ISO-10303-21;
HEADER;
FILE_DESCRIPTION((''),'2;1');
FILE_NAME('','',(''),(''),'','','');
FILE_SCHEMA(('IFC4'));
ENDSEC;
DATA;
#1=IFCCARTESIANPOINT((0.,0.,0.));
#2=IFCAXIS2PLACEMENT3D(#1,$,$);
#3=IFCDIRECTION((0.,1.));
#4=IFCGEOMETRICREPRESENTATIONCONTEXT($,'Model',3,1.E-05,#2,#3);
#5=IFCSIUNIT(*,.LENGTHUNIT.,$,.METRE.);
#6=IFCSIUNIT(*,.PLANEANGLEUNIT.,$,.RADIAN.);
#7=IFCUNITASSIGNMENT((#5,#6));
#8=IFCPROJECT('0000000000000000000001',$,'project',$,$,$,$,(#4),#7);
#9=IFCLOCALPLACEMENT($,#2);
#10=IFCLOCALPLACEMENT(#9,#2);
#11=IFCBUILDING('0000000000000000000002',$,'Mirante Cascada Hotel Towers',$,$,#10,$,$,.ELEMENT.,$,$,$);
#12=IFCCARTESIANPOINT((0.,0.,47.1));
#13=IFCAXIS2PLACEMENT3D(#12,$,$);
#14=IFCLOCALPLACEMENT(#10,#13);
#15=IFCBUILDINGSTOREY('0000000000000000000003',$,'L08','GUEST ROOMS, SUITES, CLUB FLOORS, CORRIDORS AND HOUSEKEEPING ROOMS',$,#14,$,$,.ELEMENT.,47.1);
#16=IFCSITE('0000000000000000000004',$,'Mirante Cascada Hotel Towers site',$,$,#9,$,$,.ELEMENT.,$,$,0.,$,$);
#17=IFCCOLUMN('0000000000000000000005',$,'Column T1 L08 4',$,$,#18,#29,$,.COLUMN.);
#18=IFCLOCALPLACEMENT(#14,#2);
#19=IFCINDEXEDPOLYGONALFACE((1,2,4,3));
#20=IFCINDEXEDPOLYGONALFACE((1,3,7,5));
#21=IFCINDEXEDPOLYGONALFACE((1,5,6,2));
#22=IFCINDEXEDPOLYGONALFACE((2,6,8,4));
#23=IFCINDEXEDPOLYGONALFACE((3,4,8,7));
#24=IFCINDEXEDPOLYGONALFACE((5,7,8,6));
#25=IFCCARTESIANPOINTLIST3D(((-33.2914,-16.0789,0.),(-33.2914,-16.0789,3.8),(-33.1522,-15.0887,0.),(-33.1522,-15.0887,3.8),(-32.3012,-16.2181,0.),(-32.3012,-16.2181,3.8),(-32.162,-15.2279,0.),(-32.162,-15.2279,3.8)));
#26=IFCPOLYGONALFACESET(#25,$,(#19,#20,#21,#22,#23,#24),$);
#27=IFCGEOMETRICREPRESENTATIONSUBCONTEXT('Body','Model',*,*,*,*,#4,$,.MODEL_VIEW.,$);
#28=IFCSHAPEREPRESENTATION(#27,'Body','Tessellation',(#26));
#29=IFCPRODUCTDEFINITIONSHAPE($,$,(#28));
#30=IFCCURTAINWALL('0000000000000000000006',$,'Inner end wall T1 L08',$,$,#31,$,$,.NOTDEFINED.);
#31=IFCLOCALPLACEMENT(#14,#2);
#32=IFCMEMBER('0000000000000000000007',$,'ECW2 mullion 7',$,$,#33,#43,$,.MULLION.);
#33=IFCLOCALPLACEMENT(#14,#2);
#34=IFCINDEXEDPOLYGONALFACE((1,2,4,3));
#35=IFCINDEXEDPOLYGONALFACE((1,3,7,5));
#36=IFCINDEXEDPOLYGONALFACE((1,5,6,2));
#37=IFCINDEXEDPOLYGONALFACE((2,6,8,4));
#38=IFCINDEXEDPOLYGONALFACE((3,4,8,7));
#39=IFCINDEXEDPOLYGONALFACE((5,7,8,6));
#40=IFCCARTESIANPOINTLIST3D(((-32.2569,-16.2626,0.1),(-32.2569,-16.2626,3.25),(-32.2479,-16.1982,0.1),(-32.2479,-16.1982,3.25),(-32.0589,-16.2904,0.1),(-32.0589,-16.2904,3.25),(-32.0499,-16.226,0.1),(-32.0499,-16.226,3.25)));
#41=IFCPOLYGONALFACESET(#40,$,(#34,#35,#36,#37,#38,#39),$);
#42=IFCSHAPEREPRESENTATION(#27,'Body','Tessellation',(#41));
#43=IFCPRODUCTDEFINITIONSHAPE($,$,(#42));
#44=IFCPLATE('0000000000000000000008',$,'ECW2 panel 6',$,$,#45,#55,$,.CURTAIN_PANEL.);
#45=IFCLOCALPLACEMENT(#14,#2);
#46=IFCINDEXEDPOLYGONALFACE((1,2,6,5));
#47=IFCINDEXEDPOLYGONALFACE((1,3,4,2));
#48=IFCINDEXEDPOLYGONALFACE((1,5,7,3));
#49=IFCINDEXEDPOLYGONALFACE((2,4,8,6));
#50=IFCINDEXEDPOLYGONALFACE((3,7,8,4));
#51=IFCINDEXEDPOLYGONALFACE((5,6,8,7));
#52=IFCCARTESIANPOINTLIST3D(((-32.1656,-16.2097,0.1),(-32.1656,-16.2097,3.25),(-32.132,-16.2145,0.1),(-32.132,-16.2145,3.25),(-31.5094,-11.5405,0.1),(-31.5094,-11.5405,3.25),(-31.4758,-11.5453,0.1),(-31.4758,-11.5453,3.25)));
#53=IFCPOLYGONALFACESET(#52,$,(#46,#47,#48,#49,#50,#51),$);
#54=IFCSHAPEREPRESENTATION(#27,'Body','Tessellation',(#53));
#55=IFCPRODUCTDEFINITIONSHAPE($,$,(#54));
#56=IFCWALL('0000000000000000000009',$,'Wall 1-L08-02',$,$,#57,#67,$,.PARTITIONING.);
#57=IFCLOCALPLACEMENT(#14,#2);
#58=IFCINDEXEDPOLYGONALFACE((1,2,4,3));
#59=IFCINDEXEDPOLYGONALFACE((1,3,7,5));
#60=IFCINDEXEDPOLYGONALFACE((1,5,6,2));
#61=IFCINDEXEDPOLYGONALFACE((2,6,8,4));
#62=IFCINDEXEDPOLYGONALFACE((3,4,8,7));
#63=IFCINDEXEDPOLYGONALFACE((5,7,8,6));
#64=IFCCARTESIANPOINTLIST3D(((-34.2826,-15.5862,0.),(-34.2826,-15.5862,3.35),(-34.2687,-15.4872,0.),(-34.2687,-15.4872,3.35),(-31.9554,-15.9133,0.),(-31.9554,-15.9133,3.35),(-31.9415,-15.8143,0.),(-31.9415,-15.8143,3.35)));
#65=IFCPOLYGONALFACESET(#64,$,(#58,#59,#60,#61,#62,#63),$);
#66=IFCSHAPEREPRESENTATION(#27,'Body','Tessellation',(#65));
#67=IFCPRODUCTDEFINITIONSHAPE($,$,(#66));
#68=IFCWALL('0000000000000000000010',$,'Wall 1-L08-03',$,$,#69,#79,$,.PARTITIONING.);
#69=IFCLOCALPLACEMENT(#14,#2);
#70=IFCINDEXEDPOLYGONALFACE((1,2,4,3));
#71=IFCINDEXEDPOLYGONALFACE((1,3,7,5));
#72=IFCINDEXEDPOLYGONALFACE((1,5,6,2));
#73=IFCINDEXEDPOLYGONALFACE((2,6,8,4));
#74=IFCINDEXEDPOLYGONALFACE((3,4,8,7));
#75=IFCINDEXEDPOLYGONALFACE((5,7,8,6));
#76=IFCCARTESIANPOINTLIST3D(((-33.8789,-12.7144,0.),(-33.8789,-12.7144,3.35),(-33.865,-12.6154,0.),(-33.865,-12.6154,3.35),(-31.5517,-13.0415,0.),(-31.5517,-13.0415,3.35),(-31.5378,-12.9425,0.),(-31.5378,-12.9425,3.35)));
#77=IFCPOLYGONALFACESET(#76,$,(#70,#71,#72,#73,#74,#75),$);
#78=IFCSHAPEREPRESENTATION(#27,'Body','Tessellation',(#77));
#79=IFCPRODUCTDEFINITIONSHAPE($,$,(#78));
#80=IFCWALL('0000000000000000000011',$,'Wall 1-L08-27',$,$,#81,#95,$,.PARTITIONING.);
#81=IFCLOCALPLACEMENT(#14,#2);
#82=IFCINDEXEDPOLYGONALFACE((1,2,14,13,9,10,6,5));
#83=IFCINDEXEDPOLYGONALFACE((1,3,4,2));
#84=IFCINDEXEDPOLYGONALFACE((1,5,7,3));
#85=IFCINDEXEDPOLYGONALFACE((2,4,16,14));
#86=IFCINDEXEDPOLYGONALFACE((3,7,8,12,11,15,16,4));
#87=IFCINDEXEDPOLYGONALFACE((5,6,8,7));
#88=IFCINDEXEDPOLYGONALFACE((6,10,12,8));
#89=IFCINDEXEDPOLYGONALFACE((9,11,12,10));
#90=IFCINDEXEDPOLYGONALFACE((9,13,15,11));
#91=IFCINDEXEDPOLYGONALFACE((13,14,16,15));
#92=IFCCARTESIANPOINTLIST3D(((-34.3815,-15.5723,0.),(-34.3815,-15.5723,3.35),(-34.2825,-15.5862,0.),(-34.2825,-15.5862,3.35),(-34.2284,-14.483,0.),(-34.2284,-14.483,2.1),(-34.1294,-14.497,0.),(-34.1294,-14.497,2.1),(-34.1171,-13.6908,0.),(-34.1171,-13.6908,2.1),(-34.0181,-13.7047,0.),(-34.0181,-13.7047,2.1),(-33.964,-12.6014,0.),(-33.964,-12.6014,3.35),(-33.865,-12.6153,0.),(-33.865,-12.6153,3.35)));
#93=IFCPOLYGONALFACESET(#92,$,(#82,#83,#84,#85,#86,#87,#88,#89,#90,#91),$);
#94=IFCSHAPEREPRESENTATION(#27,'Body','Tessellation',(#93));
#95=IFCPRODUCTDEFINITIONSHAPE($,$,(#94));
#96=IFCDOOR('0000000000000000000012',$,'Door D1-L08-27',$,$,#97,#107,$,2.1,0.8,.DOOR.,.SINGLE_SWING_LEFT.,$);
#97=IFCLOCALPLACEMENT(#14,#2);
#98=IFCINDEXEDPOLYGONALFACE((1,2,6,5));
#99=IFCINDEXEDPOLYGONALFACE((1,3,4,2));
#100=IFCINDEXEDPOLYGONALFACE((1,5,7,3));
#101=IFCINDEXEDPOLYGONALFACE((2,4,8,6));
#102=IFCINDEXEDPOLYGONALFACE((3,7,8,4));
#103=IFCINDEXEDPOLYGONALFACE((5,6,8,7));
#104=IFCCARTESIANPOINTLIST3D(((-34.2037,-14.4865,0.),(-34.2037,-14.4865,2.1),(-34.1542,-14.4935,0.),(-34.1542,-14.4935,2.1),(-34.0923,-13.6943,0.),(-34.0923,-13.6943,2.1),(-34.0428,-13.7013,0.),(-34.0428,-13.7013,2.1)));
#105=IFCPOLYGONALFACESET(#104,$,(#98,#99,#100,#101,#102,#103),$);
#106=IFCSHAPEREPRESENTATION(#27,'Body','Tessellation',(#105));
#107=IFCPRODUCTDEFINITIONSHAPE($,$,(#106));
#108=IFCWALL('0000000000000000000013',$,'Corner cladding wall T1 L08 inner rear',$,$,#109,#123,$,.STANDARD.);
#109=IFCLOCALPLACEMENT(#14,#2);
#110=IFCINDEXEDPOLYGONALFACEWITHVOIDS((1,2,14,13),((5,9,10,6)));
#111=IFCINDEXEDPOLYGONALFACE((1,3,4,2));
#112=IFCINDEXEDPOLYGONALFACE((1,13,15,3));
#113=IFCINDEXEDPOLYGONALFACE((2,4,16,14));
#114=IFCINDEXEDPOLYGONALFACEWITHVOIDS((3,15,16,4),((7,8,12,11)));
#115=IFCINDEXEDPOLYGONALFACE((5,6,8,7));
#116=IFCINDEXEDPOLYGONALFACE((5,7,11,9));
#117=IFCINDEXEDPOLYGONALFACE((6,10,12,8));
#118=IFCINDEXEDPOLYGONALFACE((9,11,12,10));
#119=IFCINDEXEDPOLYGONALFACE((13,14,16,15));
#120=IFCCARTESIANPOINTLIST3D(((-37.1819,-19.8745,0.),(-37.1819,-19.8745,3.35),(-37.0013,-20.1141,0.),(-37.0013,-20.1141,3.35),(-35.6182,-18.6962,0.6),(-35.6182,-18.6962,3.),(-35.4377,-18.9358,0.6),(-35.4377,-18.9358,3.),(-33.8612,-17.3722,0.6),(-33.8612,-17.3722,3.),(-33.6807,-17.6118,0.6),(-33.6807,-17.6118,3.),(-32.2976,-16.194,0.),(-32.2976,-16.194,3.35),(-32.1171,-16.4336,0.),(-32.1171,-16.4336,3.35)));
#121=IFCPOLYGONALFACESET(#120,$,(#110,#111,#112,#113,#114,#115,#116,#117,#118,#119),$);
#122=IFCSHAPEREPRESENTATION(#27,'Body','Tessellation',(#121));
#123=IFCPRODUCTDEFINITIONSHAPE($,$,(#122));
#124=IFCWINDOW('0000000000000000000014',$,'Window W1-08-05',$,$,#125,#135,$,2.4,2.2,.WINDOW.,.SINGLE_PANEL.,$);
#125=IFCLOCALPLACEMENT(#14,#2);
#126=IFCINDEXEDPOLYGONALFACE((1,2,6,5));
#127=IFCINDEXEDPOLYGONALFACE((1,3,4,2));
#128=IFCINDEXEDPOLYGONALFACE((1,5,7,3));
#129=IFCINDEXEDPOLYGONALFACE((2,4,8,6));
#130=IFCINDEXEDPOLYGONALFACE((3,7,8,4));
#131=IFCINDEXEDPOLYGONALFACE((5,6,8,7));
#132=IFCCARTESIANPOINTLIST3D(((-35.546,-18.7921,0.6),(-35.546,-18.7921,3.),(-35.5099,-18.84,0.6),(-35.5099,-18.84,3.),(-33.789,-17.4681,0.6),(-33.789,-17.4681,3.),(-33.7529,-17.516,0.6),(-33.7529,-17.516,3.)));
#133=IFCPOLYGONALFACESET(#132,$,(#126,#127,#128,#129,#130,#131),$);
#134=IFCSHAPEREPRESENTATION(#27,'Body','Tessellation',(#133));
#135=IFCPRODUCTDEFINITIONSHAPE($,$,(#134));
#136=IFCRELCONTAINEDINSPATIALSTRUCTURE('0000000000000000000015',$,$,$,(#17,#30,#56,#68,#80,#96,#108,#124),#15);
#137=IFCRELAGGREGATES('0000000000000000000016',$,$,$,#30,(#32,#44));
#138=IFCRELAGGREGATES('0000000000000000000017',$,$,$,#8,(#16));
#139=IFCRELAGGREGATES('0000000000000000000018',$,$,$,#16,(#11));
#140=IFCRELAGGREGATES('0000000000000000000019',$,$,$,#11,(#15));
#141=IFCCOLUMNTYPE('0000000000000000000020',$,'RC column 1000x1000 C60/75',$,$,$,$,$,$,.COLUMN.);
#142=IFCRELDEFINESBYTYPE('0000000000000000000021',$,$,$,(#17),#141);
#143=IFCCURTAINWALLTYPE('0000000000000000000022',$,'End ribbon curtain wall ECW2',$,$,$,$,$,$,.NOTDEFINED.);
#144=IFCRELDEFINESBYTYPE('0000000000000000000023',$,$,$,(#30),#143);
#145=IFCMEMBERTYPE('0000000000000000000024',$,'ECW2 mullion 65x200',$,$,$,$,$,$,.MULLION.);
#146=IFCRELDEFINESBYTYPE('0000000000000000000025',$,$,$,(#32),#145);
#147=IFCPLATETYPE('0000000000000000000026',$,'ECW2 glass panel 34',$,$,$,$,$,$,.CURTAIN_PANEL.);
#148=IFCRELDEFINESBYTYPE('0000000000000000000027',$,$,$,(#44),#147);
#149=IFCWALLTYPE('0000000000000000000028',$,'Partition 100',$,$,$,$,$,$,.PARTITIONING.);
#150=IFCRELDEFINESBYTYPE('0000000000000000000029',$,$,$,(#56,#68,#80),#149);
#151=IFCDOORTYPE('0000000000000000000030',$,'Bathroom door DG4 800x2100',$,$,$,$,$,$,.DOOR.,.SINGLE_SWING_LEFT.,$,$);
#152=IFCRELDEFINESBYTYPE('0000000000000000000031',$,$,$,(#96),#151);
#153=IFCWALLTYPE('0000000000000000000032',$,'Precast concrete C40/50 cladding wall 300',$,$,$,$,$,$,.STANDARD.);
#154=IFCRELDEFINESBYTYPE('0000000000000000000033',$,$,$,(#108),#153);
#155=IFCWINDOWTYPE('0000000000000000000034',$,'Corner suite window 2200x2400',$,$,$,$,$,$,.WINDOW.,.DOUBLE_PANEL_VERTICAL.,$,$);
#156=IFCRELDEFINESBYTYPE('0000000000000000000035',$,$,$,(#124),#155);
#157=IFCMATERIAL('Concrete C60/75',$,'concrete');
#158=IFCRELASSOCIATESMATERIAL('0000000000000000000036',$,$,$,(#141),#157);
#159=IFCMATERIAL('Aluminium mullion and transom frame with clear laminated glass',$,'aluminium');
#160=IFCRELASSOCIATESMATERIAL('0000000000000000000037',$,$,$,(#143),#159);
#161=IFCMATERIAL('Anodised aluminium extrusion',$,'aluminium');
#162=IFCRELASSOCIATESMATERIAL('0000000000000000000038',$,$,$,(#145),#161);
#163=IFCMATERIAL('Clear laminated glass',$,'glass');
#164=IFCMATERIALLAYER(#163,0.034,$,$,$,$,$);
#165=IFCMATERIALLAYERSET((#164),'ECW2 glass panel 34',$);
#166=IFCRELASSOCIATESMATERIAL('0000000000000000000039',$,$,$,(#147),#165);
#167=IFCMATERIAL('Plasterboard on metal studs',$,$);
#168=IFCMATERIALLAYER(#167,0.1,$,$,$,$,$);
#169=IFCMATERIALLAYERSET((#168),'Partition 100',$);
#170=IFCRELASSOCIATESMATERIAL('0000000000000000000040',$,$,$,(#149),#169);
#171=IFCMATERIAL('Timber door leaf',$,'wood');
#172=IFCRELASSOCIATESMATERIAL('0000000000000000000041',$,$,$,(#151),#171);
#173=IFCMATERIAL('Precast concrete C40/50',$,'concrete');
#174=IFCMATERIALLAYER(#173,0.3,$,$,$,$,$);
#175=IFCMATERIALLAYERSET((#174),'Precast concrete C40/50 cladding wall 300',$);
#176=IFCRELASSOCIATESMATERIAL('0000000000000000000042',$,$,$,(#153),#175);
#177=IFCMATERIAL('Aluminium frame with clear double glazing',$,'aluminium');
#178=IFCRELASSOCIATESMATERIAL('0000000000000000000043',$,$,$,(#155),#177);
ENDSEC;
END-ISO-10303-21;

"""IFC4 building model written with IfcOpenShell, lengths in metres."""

from ifc_helpers import new_model, si_unit, direction, frame, frame_2d, origin, origin_2d, place, context, subcontext, project, spatial, rectangle, extrude, material, layer, layer_set, material_profile, profile_set, type_object, element, fill, aggregate, save


model = new_model("IFC4")

# Units and contexts
model_context = context("Model", 3, precision=1e-05, world=origin(), true_north=direction((0.0, 1.0)))
body_context = subcontext(model_context, "Body", "Model", "MODEL_VIEW")
ifc_project = project(units=[si_unit("LENGTHUNIT", "METRE"), si_unit("PLANEANGLEUNIT", "RADIAN")], contexts=[model_context])

# Site, building, storey
site_placement = place(None, origin())
site = spatial("IfcSite", under=ifc_project, at=site_placement, Name="Mirante Cascada Hotel Towers site", CompositionType="ELEMENT", RefElevation=0.0)
building_placement = place(site_placement, origin())
building = spatial("IfcBuilding", under=site, at=building_placement, Name="Mirante Cascada Hotel Towers", CompositionType="ELEMENT")
storey_placement = place(building_placement, frame((0.0, 0.0, 47.1)))
storey = spatial("IfcBuildingStorey", under=building, at=storey_placement, Name="L08", Description="GUEST ROOMS, SUITES, CLUB FLOORS, CORRIDORS AND HOUSEKEEPING ROOMS", CompositionType="ELEMENT", Elevation=47.1)

# Column
ifc_material_1 = material(Name="Concrete C60/75", Category="concrete")
ifc_material_profile_1 = material_profile(ifc_material_1, rectangle(XDim=1.0, YDim=1.0, at=origin_2d()), Name="RC column 1000x1000 C60/75")
ifc_profile_set_1 = profile_set([ifc_material_profile_1], Name="Concrete C60/75")
column_type = type_object("IfcColumnType", Name="RC column 1000x1000 C60/75", PredefinedType="COLUMN", material=ifc_profile_set_1)
column_placement = place(storey_placement, frame((-32.7267, -15.6534, 0.0), z_axis=(0.0, 0.0, 1.0), x_axis=(-0.990268, 0.139173, 0.0)))
element("IfcColumn", 1, at=column_placement, inside=storey, type_object=column_type, Name="Column T1 L08 4", PredefinedType="COLUMN", context=body_context, shape_type="SweptSolid", body=[
    extrude(rectangle(XDim=1.0, YDim=1.0, at=origin_2d()), origin(), (0.0, 0.0, 1.0), 3.8),
])

# Curtain wall, member, plate
ifc_material_2 = material(Name="Aluminium mullion and transom frame with clear laminated glass", Category="aluminium")
curtain_wall_type = type_object("IfcCurtainWallType", Name="End ribbon curtain wall ECW2", PredefinedType="NOTDEFINED", material=ifc_material_2)
curtain_wall_placement = place(storey_placement, origin())
curtain_wall = element("IfcCurtainWall", 2, at=curtain_wall_placement, inside=storey, type_object=curtain_wall_type, Name="Inner end wall T1 L08", PredefinedType="NOTDEFINED")
ifc_material_3 = material(Name="Anodised aluminium extrusion", Category="aluminium")
ifc_material_profile_2 = material_profile(ifc_material_3, rectangle(XDim=0.2, YDim=0.065, at=origin_2d()), Name="ECW2 MULLION 65x200")
ifc_profile_set_2 = profile_set([ifc_material_profile_2], Name="Anodised aluminium extrusion")
member_type = type_object("IfcMemberType", Name="ECW2 mullion 65x200", PredefinedType="MULLION", material=ifc_profile_set_2)
member_placement = place(storey_placement, frame((-32.1534, -16.2443, 0.1), z_axis=(0.0, 0.0, 1.0), x_axis=(0.990268, -0.139173, 0.0)))
member = element("IfcMember", 3, at=member_placement, type_object=member_type, Name="ECW2 mullion 7", PredefinedType="MULLION", context=body_context, shape_type="SweptSolid", body=[
    extrude(rectangle(XDim=0.2, YDim=0.065, at=origin_2d()), origin(), (0.0, 0.0, 1.0), 3.15),
])
ifc_material_4 = material(Name="Clear laminated glass", Category="glass")
ifc_layer_1 = layer(ifc_material_4, 0.034)
ifc_layer_set_1 = layer_set([ifc_layer_1], Name="ECW2 glass panel 34")
plate_type = type_object("IfcPlateType", Name="ECW2 glass panel 34", PredefinedType="CURTAIN_PANEL", material=ifc_layer_set_1)
plate_placement = place(storey_placement, frame((-31.8207, -13.8775, 0.1), z_axis=(0.0, 0.0, 1.0), x_axis=(-0.139173, -0.990268, 0.0)))
plate = element("IfcPlate", 4, at=plate_placement, type_object=plate_type, Name="ECW2 panel 6", PredefinedType="CURTAIN_PANEL", context=body_context, shape_type="SweptSolid", body=[
    extrude(rectangle(XDim=4.7151, YDim=0.034, at=origin_2d()), origin(), (0.0, 0.0, 1.0), 3.15),
])
aggregate(curtain_wall, [member, plate])

# Walls
ifc_material_5 = material(Name="Plasterboard on metal studs")
ifc_layer_2 = layer(ifc_material_5, 0.1)
ifc_layer_set_2 = layer_set([ifc_layer_2], Name="Partition 100")
wall_type_1 = type_object("IfcWallType", Name="Partition 100", PredefinedType="PARTITIONING", material=ifc_layer_set_2)
for number, where, z_axis, x_axis, name in (
    (5, (-34.2756, -15.5367, 0.0), (0.0, 0.0, 1.0), (0.990266, -0.139187, 0.0), "Wall 1-L08-02"),
    (6, (-31.5448, -12.992, 0.0), (0.0, 0.0, 1.0), (-0.990266, 0.139187, 0.0), "Wall 1-L08-03"),
):
    element("IfcWall", number, at=place(storey_placement, frame(where, z_axis=z_axis, x_axis=x_axis)), inside=storey, type_object=wall_type_1, Name=name, PredefinedType="PARTITIONING", context=body_context, shape_type="SweptSolid", body=[
        extrude(rectangle(XDim=2.3501, YDim=0.1, at=frame_2d((1.175, 0.0))), origin(), (0.0, 0.0, 1.0), 3.35),
    ])

# Wall, opening, door
wall_1_placement = place(storey_placement, frame((-34.332, -15.5793, 0.0), z_axis=(0.0, 0.0, 1.0), x_axis=(0.139162, 0.99027, 0.0)))
wall_1 = element("IfcWall", 7, at=wall_1_placement, inside=storey, type_object=wall_type_1, Name="Wall 1-L08-27", PredefinedType="PARTITIONING", context=body_context, shape_type="SweptSolid", body=[
    extrude(rectangle(XDim=3.0001, YDim=0.1, at=frame_2d((1.5001, 0.0))), origin(), (0.0, 0.0, 1.0), 3.35),
])
opening_1_placement = place(wall_1_placement, frame((1.1, 0.0, 0.0)))
opening_1 = element("IfcOpeningElement", 8, at=opening_1_placement, cuts=wall_1, PredefinedType="OPENING", context=body_context, shape_type="SweptSolid", body=[
    extrude(rectangle(XDim=0.8, YDim=2.1, at=frame_2d((0.4, 1.05))), frame((0.0, 0.05, 0.0), z_axis=(0.0, -1.0, 0.0), x_axis=(1.0, 0.0, 0.0)), (0.0, 0.0, 1.0), 0.1),
])
ifc_material_6 = material(Name="Timber door leaf", Category="wood")
door_type = type_object("IfcDoorType", Name="Bathroom door DG4 800x2100", OperationType="SINGLE_SWING_LEFT", PredefinedType="DOOR", material=ifc_material_6)
door_placement = place(opening_1_placement, origin())
door = element("IfcDoor", 9, at=door_placement, inside=storey, type_object=door_type, Name="Door D1-L08-27", OperationType="SINGLE_SWING_LEFT", OverallHeight=2.1, OverallWidth=0.8, PredefinedType="DOOR", context=body_context, shape_type="SweptSolid", body=[
    extrude(rectangle(XDim=0.8, YDim=2.1, at=frame_2d((0.4, 1.05))), frame((0.0, 0.025, 0.0), z_axis=(0.0, -1.0, 0.0), x_axis=(1.0, 0.0, 0.0)), (0.0, 0.0, 1.0), 0.05),
])
fill(opening_1, door)

# Wall, opening, window
ifc_material_7 = material(Name="Precast concrete C40/50", Category="concrete")
ifc_layer_3 = layer(ifc_material_7, 0.3)
ifc_layer_set_3 = layer_set([ifc_layer_3], Name="Precast concrete C40/50 cladding wall 300")
wall_type_2 = type_object("IfcWallType", Name="Precast concrete C40/50 cladding wall 300", PredefinedType="STANDARD", material=ifc_layer_set_3)
wall_2_placement = place(storey_placement, frame((-32.2074, -16.3138, 0.0), z_axis=(0.0, 0.0, 1.0), x_axis=(-0.798636, -0.601814, 0.0)))
wall_2 = element("IfcWall", 10, at=wall_2_placement, inside=storey, type_object=wall_type_2, Name="Corner cladding wall T1 L08 inner rear", PredefinedType="STANDARD", context=body_context, shape_type="SweptSolid", body=[
    extrude(rectangle(XDim=6.1157, YDim=0.3, at=frame_2d((3.0578, 0.0))), origin(), (0.0, 0.0, 1.0), 3.35),
])
opening_2_placement = place(wall_2_placement, frame((1.9578, 0.0, 0.6)))
opening_2 = element("IfcOpeningElement", 11, at=opening_2_placement, cuts=wall_2, PredefinedType="OPENING", context=body_context, shape_type="SweptSolid", body=[
    extrude(rectangle(XDim=2.2, YDim=2.4, at=frame_2d((1.1, 1.2))), frame((0.0, 0.15, 0.0), z_axis=(0.0, -1.0, 0.0), x_axis=(1.0, 0.0, 0.0)), (0.0, 0.0, 1.0), 0.3),
])
ifc_material_8 = material(Name="Aluminium frame with clear double glazing", Category="aluminium")
window_type = type_object("IfcWindowType", Name="Corner suite window 2200x2400", PartitioningType="DOUBLE_PANEL_VERTICAL", PredefinedType="WINDOW", material=ifc_material_8)
window_placement = place(opening_2_placement, origin())
window = element("IfcWindow", 12, at=window_placement, inside=storey, type_object=window_type, Name="Window W1-08-05", OverallHeight=2.4, OverallWidth=2.2, PartitioningType="SINGLE_PANEL", PredefinedType="WINDOW", context=body_context, shape_type="SweptSolid", body=[
    extrude(rectangle(XDim=2.2, YDim=2.4, at=frame_2d((1.1, 1.2))), frame((0.0, 0.03, 0.0), z_axis=(0.0, -1.0, 0.0), x_axis=(1.0, 0.0, 0.0)), (0.0, 0.0, 1.0), 0.06),
])
fill(opening_2, window)

save(model, "model.ifc")
